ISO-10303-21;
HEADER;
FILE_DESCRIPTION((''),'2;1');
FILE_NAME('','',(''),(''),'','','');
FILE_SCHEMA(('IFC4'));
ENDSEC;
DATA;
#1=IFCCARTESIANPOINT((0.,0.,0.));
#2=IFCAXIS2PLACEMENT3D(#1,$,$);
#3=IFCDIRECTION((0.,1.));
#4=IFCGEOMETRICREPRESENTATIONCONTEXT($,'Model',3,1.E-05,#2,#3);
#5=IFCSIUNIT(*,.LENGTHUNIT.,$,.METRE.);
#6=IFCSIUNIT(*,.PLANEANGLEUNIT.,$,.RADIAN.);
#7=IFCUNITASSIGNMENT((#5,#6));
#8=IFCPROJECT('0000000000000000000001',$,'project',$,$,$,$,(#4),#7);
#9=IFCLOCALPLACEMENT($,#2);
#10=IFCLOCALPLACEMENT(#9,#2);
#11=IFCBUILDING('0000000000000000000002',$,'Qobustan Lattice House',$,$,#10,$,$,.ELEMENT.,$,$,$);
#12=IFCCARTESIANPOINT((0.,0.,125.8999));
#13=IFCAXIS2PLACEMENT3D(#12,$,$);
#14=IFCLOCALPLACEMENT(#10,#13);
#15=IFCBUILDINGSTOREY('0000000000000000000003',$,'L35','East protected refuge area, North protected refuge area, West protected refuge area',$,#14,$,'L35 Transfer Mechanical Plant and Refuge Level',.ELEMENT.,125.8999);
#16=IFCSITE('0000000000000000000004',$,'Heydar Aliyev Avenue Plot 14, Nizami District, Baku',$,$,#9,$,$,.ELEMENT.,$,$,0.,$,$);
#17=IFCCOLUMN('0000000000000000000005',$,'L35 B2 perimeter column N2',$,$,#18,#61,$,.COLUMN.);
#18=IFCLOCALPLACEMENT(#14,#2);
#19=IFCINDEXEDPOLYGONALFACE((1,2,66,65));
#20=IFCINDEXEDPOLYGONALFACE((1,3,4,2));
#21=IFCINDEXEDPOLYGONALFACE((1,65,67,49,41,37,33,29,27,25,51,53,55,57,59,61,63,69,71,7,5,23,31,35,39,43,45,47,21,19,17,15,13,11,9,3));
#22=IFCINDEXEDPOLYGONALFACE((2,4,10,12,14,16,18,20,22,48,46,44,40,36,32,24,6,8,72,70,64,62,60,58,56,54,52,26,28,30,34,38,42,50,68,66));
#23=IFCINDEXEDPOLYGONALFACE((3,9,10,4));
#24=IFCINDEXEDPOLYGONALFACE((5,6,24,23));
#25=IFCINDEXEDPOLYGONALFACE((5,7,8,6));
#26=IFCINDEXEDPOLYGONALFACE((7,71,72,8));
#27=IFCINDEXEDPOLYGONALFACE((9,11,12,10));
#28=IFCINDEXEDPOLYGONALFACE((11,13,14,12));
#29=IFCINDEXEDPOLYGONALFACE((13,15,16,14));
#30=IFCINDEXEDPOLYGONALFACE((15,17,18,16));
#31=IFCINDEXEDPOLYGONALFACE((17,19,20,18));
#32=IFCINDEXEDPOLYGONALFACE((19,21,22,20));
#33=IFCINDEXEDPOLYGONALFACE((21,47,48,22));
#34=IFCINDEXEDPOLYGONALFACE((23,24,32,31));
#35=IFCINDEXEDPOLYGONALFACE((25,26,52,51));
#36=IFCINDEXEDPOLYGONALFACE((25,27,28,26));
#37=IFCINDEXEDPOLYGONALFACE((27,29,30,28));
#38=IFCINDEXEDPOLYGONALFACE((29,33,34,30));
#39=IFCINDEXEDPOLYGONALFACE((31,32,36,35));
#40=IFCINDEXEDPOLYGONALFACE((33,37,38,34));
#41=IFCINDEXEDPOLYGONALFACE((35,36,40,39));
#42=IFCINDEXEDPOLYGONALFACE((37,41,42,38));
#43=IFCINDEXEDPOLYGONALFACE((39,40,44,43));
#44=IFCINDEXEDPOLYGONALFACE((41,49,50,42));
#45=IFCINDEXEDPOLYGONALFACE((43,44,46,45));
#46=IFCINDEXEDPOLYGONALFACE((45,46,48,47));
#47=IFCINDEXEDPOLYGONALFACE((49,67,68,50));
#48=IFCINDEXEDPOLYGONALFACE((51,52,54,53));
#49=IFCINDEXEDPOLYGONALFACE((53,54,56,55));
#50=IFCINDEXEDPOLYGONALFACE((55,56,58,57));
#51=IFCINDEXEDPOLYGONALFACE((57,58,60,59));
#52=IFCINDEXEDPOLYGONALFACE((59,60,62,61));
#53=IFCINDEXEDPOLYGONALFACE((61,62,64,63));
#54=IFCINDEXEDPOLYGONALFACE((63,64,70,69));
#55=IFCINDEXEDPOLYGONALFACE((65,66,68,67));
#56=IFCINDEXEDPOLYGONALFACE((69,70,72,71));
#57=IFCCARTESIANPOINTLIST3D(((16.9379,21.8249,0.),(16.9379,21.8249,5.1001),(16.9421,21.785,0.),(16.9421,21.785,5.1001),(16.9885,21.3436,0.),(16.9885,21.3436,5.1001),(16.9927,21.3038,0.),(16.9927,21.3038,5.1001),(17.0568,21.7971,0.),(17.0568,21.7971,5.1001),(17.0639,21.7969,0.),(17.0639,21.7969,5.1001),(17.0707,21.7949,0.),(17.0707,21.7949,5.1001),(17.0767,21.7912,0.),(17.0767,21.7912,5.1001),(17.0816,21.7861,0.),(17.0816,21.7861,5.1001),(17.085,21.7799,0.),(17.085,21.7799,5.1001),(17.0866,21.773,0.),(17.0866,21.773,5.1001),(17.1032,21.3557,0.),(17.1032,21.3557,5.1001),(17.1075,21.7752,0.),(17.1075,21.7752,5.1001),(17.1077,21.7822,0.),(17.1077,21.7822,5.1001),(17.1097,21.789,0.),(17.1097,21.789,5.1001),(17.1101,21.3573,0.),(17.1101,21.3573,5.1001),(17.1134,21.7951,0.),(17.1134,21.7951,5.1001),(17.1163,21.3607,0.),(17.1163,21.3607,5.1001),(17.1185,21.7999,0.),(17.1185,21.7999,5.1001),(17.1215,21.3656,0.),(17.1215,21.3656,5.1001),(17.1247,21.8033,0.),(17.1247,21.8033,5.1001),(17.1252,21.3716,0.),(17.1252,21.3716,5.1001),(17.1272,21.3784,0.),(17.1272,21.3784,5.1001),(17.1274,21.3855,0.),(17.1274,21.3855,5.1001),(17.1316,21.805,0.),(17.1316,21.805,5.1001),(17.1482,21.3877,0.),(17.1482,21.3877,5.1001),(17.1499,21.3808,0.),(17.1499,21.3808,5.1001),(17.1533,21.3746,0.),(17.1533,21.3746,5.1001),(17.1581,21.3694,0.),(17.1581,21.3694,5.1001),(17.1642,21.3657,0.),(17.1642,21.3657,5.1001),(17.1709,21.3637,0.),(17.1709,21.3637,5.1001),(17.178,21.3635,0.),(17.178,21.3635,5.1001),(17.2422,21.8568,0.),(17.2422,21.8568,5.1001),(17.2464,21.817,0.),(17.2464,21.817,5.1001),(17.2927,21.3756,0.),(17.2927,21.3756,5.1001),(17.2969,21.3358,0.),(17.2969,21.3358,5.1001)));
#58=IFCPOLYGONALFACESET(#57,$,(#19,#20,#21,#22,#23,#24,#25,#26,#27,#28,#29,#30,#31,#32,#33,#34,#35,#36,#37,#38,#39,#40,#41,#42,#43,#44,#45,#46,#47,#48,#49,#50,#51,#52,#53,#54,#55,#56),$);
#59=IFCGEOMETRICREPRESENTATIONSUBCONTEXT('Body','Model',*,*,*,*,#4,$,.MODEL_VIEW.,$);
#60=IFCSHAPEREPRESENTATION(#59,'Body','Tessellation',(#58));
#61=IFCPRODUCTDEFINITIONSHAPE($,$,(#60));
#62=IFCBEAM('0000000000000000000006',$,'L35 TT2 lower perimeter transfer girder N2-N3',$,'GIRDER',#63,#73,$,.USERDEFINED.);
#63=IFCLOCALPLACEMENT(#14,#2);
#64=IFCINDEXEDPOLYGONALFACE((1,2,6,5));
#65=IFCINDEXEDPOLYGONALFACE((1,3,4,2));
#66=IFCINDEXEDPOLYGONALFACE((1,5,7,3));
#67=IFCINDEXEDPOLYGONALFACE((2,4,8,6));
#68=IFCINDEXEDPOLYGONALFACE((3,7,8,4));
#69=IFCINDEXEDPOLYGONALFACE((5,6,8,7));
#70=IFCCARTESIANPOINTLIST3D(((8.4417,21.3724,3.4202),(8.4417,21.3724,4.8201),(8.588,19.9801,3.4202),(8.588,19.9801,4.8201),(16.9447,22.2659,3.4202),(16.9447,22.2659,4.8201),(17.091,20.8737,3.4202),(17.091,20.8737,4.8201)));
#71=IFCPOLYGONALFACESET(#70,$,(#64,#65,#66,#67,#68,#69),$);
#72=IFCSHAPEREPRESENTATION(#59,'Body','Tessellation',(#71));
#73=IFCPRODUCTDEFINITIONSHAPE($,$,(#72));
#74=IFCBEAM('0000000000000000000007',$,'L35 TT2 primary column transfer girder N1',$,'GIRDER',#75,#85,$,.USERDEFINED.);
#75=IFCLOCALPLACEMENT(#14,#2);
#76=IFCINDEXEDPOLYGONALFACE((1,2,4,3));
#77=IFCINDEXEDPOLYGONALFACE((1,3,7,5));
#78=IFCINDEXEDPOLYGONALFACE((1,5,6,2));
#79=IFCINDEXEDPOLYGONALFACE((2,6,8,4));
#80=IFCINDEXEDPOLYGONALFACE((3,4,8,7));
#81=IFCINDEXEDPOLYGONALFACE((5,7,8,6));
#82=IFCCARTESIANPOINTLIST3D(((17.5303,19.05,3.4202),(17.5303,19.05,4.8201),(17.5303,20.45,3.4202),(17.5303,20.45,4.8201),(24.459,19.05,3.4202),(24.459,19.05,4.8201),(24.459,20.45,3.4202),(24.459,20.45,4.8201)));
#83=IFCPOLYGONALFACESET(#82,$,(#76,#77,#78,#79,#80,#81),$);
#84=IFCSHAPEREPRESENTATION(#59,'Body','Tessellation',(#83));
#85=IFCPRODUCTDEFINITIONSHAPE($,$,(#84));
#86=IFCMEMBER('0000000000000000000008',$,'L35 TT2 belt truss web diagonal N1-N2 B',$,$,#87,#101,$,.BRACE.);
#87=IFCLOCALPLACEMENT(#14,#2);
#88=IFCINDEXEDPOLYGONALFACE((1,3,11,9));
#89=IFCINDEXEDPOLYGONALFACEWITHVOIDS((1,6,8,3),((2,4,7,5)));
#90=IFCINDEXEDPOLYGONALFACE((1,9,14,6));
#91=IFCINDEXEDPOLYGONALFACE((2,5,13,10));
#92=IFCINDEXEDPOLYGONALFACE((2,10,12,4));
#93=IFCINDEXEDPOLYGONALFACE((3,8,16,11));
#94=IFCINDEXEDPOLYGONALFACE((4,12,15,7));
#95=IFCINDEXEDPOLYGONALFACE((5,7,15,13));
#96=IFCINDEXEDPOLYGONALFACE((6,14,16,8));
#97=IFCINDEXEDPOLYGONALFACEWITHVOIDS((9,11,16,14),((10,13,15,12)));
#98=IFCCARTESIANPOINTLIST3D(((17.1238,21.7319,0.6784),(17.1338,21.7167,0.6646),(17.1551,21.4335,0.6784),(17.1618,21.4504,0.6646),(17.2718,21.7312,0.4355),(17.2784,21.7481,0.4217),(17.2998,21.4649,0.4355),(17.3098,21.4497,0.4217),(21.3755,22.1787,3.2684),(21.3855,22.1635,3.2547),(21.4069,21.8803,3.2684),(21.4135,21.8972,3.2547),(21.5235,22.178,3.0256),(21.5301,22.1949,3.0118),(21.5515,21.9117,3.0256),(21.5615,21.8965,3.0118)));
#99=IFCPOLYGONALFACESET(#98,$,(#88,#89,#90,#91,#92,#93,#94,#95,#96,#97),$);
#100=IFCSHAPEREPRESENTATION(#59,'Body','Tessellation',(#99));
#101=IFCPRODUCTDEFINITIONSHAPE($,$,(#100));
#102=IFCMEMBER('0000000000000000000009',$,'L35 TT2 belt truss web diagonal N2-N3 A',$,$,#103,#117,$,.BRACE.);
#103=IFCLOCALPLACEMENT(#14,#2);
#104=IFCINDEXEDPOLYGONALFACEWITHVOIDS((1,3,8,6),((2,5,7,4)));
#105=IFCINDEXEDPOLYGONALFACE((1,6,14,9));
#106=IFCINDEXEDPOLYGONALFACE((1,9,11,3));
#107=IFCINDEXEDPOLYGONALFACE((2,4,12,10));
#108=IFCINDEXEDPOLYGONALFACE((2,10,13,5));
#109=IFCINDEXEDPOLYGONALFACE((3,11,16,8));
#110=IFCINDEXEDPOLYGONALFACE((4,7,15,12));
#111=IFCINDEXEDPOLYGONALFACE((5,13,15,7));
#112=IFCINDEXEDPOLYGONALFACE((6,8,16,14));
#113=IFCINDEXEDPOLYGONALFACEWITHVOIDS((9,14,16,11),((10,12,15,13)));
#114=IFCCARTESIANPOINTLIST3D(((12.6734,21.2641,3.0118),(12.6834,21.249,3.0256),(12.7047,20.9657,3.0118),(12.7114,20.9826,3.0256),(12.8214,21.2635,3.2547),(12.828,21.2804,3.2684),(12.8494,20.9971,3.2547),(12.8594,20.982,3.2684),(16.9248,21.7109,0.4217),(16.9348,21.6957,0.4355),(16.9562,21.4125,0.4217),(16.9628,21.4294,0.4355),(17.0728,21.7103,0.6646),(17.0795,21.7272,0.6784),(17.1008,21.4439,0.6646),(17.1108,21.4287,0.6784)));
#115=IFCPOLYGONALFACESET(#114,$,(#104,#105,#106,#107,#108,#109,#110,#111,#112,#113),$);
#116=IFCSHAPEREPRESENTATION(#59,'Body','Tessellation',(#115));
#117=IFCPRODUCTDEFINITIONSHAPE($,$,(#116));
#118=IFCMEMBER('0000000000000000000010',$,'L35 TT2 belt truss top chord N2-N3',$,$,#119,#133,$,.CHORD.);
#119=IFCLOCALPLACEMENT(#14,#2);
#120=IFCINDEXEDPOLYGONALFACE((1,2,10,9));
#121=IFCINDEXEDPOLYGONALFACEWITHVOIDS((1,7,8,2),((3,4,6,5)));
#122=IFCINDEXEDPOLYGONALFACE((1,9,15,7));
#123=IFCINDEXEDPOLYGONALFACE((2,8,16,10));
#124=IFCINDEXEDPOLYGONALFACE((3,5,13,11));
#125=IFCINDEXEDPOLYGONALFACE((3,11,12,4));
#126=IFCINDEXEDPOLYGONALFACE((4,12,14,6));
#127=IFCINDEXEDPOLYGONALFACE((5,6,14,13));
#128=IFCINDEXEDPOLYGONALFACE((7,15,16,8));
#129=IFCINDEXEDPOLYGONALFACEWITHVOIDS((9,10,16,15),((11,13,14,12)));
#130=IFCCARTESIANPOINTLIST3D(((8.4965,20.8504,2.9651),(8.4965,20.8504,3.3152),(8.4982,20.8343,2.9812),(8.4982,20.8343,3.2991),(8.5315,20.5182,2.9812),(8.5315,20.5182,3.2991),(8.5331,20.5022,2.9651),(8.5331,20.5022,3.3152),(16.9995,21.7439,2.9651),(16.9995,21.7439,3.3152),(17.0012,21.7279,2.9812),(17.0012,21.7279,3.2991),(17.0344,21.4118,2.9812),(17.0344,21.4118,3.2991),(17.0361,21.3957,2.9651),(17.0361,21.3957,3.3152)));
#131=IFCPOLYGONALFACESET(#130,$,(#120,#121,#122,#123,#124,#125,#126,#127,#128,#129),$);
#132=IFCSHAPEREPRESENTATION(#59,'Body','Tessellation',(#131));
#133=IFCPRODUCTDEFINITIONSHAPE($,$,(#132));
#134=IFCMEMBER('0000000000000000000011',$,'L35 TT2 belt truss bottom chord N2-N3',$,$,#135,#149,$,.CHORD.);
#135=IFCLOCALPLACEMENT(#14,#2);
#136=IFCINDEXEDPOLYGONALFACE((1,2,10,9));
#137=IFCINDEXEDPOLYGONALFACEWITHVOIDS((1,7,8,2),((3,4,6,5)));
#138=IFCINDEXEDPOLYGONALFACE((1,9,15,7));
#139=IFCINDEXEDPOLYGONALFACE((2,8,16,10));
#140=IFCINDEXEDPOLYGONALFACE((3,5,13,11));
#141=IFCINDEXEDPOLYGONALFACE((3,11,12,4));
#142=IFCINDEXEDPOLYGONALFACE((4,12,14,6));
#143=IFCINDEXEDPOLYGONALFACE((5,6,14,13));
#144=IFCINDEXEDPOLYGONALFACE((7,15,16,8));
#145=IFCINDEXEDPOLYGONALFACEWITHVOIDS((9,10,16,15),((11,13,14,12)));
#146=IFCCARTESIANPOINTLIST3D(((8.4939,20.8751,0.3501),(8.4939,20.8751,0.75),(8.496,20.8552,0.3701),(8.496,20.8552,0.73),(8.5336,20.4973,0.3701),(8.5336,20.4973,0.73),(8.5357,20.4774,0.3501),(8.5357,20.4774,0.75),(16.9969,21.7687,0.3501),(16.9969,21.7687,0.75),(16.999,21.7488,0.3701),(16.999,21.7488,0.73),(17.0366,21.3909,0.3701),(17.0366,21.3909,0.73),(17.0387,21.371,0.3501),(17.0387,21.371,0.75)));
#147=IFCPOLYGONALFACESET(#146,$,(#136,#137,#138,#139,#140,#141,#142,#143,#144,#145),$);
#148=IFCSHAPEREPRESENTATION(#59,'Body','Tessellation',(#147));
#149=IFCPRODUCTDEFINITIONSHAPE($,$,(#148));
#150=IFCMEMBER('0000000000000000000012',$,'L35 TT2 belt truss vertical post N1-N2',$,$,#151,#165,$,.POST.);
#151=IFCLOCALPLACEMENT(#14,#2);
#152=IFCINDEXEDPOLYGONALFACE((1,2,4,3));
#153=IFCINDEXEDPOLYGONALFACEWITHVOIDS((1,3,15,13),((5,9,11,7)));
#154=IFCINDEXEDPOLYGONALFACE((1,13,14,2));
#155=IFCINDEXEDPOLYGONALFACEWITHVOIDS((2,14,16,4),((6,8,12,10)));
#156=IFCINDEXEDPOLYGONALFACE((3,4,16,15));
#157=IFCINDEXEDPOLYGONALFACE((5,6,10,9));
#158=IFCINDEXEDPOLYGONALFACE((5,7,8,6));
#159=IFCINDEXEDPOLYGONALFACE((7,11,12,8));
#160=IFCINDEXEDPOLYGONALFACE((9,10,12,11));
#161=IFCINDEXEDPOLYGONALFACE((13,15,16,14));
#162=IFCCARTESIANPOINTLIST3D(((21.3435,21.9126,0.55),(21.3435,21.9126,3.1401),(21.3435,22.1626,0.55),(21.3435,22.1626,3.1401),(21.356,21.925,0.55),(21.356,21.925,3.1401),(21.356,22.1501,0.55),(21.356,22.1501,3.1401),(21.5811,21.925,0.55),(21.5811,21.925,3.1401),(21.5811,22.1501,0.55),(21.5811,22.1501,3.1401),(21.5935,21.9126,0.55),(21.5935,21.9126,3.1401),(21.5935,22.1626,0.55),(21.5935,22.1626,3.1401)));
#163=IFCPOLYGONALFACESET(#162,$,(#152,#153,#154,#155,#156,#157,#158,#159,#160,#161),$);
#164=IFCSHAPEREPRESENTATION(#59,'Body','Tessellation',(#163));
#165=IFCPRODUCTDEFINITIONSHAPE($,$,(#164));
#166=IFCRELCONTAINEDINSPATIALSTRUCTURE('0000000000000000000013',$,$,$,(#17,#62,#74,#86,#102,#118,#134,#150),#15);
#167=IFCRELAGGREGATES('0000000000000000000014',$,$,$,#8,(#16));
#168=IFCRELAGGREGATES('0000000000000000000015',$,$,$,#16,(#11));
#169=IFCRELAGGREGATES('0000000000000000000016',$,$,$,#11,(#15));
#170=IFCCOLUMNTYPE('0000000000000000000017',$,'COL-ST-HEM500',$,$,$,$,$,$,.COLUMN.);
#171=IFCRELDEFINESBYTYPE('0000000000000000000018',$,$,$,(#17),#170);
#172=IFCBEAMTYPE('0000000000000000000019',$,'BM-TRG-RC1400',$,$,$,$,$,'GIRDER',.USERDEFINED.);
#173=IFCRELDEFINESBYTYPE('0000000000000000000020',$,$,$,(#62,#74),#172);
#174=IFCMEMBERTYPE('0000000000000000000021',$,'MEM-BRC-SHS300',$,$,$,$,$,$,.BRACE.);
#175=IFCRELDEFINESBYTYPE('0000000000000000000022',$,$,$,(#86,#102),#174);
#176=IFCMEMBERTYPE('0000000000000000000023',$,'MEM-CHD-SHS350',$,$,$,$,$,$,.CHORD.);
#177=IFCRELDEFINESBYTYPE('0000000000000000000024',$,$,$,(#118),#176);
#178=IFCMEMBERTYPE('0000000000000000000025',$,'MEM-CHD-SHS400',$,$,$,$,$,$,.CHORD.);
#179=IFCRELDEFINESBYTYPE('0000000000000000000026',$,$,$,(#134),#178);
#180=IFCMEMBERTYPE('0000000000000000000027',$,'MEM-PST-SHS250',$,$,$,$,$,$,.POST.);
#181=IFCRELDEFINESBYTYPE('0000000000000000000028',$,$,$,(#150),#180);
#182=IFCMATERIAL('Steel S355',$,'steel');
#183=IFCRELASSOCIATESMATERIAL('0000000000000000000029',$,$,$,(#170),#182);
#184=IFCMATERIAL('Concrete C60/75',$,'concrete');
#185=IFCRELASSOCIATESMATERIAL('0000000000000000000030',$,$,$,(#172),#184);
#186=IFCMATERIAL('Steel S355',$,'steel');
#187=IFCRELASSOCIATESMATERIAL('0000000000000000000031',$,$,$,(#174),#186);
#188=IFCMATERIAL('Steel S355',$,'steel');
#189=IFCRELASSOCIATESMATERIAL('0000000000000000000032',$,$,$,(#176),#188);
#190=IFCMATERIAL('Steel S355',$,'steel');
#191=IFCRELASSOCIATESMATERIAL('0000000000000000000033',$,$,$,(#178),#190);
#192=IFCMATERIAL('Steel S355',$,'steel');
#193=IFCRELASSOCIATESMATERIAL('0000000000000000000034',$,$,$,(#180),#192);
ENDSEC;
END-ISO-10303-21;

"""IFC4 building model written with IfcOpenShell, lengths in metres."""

from ifc_helpers import new_model, si_unit, direction, frame, origin, origin_2d, place, context, subcontext, project, spatial, rectangle, hollow_rectangle, i_section, extrude, material, material_profile, profile_set, type_object, element, save


model = new_model("IFC4")

# Units and contexts
model_context = context("Model", 3, precision=1e-05, world=origin(), true_north=direction((0.0, 1.0)))
body_context = subcontext(model_context, "Body", "Model", "MODEL_VIEW")
ifc_project = project(units=[si_unit("LENGTHUNIT", "METRE"), si_unit("PLANEANGLEUNIT", "RADIAN")], contexts=[model_context])

# Site, building, storey
site_placement = place(None, origin())
site = spatial("IfcSite", under=ifc_project, at=site_placement, Name="Heydar Aliyev Avenue Plot 14, Nizami District, Baku", CompositionType="ELEMENT", RefElevation=0.0)
building_placement = place(site_placement, origin())
building = spatial("IfcBuilding", under=site, at=building_placement, Name="Qobustan Lattice House", CompositionType="ELEMENT")
storey_placement = place(building_placement, frame((0.0, 0.0, 125.8999)))
storey = spatial("IfcBuildingStorey", under=building, at=storey_placement, Name="L35", Description="East protected refuge area, North protected refuge area, West protected refuge area", LongName="L35 Transfer Mechanical Plant and Refuge Level", CompositionType="ELEMENT", Elevation=125.8999)

# Column
ifc_material_1 = material(Name="Steel S355", Category="steel")
ifc_material_profile_1 = material_profile(ifc_material_1, i_section(OverallWidth=0.3059, OverallDepth=0.5239, WebThickness=0.021, FlangeThickness=0.04, FilletRadius=0.0271, at=origin_2d()), Name="HEM500")
ifc_profile_set_1 = profile_set([ifc_material_profile_1], Name="Steel S355")
column_type = type_object("IfcColumnType", Name="COL-ST-HEM500", PredefinedType="COLUMN", material=ifc_profile_set_1)
column_placement = place(storey_placement, frame((17.1174, 21.5803, 0.0), z_axis=(0.0, 0.0, 1.0), x_axis=(0.994522, 0.104528, 0.0)))
element("IfcColumn", 1, at=column_placement, inside=storey, type_object=column_type, Name="L35 B2 perimeter column N2", PredefinedType="COLUMN", context=body_context, shape_type="SweptSolid", body=[
    extrude(i_section(OverallWidth=0.3059, OverallDepth=0.5239, WebThickness=0.021, FlangeThickness=0.04, FilletRadius=0.0271, at=origin_2d()), origin(), (0.0, 0.0, 1.0), 5.1001),
])

# Beams
ifc_material_2 = material(Name="Concrete C60/75", Category="concrete")
ifc_material_profile_2 = material_profile(ifc_material_2, rectangle(XDim=1.3999, YDim=1.3999, at=origin_2d()), Name="RC1400x1400")
ifc_profile_set_2 = profile_set([ifc_material_profile_2], Name="Concrete C60/75")
beam_type = type_object("IfcBeamType", Name="BM-TRG-RC1400", ElementType="GIRDER", PredefinedType="USERDEFINED", material=ifc_profile_set_2)
beam_1_placement = place(storey_placement, frame((17.0178, 21.5698, 4.1201), z_axis=(-0.994524, -0.104512, 0.0), x_axis=(0.104512, -0.994524, 0.0)))
element("IfcBeam", 2, at=beam_1_placement, inside=storey, type_object=beam_type, Name="L35 TT2 lower perimeter transfer girder N2-N3", ObjectType="GIRDER", PredefinedType="USERDEFINED", context=body_context, shape_type="SweptSolid", body=[
    extrude(rectangle(XDim=1.3999, YDim=1.3999, at=origin_2d()), origin(), (0.0, 0.0, 1.0), 8.5498),
])
beam_2_placement = place(storey_placement, frame((17.5303, 19.75, 4.1201), z_axis=(1.0, 0.0, 0.0), x_axis=(0.0, 1.0, 0.0)))
element("IfcBeam", 3, at=beam_2_placement, inside=storey, type_object=beam_type, Name="L35 TT2 primary column transfer girder N1", ObjectType="GIRDER", PredefinedType="USERDEFINED", context=body_context, shape_type="SweptSolid", body=[
    extrude(rectangle(XDim=1.3999, YDim=1.3999, at=origin_2d()), origin(), (0.0, 0.0, 1.0), 6.9287),
])

# Members
ifc_material_3 = material(Name="Steel S355", Category="steel")
ifc_material_profile_3 = material_profile(ifc_material_3, hollow_rectangle(XDim=0.3, YDim=0.3, WallThickness=0.0161, at=origin_2d()), Name="SHS300x300x16")
ifc_profile_set_3 = profile_set([ifc_material_profile_3], Name="Steel S355")
member_type_1 = type_object("IfcMemberType", Name="MEM-BRC-SHS300", PredefinedType="BRACE", material=ifc_profile_set_3)
member_1_placement = place(storey_placement, frame((21.4685, 22.0376, 3.1401), z_axis=(-0.850594, -0.089382, -0.518171), x_axis=(0.104506, -0.994524, 0.0)))
element("IfcMember", 4, at=member_1_placement, inside=storey, type_object=member_type_1, Name="L35 TT2 belt truss web diagonal N1-N2 B", PredefinedType="BRACE", context=body_context, shape_type="SweptSolid", body=[
    extrude(hollow_rectangle(XDim=0.3, YDim=0.3, WallThickness=0.0161, at=origin_2d()), origin(), (0.0, 0.0, 1.0), 4.9985),
])
member_2_placement = place(storey_placement, frame((17.0178, 21.5698, 0.55), z_axis=(-0.85058, -0.089386, 0.518193), x_axis=(0.104512, -0.994524, 0.0)))
element("IfcMember", 5, at=member_2_placement, inside=storey, type_object=member_type_1, Name="L35 TT2 belt truss web diagonal N2-N3 A", PredefinedType="BRACE", context=body_context, shape_type="SweptSolid", body=[
    extrude(hollow_rectangle(XDim=0.3, YDim=0.3, WallThickness=0.0161, at=origin_2d()), origin(), (0.0, 0.0, 1.0), 4.9983),
])
ifc_material_4 = material(Name="Steel S355", Category="steel")
ifc_material_profile_4 = material_profile(ifc_material_4, hollow_rectangle(XDim=0.3501, YDim=0.3501, WallThickness=0.0161, at=origin_2d()), Name="SHS350x350x16")
ifc_profile_set_4 = profile_set([ifc_material_profile_4], Name="Steel S355")
member_type_2 = type_object("IfcMemberType", Name="MEM-CHD-SHS350", PredefinedType="CHORD", material=ifc_profile_set_4)
member_3_placement = place(storey_placement, frame((17.0178, 21.5698, 3.1401), z_axis=(-0.994524, -0.104512, 0.0), x_axis=(0.104512, -0.994524, 0.0)))
element("IfcMember", 6, at=member_3_placement, inside=storey, type_object=member_type_2, Name="L35 TT2 belt truss top chord N2-N3", PredefinedType="CHORD", context=body_context, shape_type="SweptSolid", body=[
    extrude(hollow_rectangle(XDim=0.3501, YDim=0.3501, WallThickness=0.0161, at=origin_2d()), origin(), (0.0, 0.0, 1.0), 8.5498),
])
ifc_material_5 = material(Name="Steel S355", Category="steel")
ifc_material_profile_5 = material_profile(ifc_material_5, hollow_rectangle(XDim=0.3999, YDim=0.3999, WallThickness=0.02, at=origin_2d()), Name="SHS400x400x20")
ifc_profile_set_5 = profile_set([ifc_material_profile_5], Name="Steel S355")
member_type_3 = type_object("IfcMemberType", Name="MEM-CHD-SHS400", PredefinedType="CHORD", material=ifc_profile_set_5)
member_4_placement = place(storey_placement, frame((17.0178, 21.5698, 0.55), z_axis=(-0.994524, -0.104512, 0.0), x_axis=(0.104512, -0.994524, 0.0)))
element("IfcMember", 7, at=member_4_placement, inside=storey, type_object=member_type_3, Name="L35 TT2 belt truss bottom chord N2-N3", PredefinedType="CHORD", context=body_context, shape_type="SweptSolid", body=[
    extrude(hollow_rectangle(XDim=0.3999, YDim=0.3999, WallThickness=0.02, at=origin_2d()), origin(), (0.0, 0.0, 1.0), 8.5498),
])
ifc_material_6 = material(Name="Steel S355", Category="steel")
ifc_material_profile_6 = material_profile(ifc_material_6, hollow_rectangle(XDim=0.25, YDim=0.25, WallThickness=0.0125, at=origin_2d()), Name="SHS250x250x12.5")
ifc_profile_set_6 = profile_set([ifc_material_profile_6], Name="Steel S355")
member_type_4 = type_object("IfcMemberType", Name="MEM-PST-SHS250", PredefinedType="POST", material=ifc_profile_set_6)
member_5_placement = place(storey_placement, frame((21.4685, 22.0376, 0.55), z_axis=(0.0, 0.0, 1.0), x_axis=(1.0, 0.0, 0.0)))
element("IfcMember", 8, at=member_5_placement, inside=storey, type_object=member_type_4, Name="L35 TT2 belt truss vertical post N1-N2", PredefinedType="POST", context=body_context, shape_type="SweptSolid", body=[
    extrude(hollow_rectangle(XDim=0.25, YDim=0.25, WallThickness=0.0125, at=origin_2d()), origin(), (0.0, 0.0, 1.0), 2.5901),
])

save(model, "model.ifc")
